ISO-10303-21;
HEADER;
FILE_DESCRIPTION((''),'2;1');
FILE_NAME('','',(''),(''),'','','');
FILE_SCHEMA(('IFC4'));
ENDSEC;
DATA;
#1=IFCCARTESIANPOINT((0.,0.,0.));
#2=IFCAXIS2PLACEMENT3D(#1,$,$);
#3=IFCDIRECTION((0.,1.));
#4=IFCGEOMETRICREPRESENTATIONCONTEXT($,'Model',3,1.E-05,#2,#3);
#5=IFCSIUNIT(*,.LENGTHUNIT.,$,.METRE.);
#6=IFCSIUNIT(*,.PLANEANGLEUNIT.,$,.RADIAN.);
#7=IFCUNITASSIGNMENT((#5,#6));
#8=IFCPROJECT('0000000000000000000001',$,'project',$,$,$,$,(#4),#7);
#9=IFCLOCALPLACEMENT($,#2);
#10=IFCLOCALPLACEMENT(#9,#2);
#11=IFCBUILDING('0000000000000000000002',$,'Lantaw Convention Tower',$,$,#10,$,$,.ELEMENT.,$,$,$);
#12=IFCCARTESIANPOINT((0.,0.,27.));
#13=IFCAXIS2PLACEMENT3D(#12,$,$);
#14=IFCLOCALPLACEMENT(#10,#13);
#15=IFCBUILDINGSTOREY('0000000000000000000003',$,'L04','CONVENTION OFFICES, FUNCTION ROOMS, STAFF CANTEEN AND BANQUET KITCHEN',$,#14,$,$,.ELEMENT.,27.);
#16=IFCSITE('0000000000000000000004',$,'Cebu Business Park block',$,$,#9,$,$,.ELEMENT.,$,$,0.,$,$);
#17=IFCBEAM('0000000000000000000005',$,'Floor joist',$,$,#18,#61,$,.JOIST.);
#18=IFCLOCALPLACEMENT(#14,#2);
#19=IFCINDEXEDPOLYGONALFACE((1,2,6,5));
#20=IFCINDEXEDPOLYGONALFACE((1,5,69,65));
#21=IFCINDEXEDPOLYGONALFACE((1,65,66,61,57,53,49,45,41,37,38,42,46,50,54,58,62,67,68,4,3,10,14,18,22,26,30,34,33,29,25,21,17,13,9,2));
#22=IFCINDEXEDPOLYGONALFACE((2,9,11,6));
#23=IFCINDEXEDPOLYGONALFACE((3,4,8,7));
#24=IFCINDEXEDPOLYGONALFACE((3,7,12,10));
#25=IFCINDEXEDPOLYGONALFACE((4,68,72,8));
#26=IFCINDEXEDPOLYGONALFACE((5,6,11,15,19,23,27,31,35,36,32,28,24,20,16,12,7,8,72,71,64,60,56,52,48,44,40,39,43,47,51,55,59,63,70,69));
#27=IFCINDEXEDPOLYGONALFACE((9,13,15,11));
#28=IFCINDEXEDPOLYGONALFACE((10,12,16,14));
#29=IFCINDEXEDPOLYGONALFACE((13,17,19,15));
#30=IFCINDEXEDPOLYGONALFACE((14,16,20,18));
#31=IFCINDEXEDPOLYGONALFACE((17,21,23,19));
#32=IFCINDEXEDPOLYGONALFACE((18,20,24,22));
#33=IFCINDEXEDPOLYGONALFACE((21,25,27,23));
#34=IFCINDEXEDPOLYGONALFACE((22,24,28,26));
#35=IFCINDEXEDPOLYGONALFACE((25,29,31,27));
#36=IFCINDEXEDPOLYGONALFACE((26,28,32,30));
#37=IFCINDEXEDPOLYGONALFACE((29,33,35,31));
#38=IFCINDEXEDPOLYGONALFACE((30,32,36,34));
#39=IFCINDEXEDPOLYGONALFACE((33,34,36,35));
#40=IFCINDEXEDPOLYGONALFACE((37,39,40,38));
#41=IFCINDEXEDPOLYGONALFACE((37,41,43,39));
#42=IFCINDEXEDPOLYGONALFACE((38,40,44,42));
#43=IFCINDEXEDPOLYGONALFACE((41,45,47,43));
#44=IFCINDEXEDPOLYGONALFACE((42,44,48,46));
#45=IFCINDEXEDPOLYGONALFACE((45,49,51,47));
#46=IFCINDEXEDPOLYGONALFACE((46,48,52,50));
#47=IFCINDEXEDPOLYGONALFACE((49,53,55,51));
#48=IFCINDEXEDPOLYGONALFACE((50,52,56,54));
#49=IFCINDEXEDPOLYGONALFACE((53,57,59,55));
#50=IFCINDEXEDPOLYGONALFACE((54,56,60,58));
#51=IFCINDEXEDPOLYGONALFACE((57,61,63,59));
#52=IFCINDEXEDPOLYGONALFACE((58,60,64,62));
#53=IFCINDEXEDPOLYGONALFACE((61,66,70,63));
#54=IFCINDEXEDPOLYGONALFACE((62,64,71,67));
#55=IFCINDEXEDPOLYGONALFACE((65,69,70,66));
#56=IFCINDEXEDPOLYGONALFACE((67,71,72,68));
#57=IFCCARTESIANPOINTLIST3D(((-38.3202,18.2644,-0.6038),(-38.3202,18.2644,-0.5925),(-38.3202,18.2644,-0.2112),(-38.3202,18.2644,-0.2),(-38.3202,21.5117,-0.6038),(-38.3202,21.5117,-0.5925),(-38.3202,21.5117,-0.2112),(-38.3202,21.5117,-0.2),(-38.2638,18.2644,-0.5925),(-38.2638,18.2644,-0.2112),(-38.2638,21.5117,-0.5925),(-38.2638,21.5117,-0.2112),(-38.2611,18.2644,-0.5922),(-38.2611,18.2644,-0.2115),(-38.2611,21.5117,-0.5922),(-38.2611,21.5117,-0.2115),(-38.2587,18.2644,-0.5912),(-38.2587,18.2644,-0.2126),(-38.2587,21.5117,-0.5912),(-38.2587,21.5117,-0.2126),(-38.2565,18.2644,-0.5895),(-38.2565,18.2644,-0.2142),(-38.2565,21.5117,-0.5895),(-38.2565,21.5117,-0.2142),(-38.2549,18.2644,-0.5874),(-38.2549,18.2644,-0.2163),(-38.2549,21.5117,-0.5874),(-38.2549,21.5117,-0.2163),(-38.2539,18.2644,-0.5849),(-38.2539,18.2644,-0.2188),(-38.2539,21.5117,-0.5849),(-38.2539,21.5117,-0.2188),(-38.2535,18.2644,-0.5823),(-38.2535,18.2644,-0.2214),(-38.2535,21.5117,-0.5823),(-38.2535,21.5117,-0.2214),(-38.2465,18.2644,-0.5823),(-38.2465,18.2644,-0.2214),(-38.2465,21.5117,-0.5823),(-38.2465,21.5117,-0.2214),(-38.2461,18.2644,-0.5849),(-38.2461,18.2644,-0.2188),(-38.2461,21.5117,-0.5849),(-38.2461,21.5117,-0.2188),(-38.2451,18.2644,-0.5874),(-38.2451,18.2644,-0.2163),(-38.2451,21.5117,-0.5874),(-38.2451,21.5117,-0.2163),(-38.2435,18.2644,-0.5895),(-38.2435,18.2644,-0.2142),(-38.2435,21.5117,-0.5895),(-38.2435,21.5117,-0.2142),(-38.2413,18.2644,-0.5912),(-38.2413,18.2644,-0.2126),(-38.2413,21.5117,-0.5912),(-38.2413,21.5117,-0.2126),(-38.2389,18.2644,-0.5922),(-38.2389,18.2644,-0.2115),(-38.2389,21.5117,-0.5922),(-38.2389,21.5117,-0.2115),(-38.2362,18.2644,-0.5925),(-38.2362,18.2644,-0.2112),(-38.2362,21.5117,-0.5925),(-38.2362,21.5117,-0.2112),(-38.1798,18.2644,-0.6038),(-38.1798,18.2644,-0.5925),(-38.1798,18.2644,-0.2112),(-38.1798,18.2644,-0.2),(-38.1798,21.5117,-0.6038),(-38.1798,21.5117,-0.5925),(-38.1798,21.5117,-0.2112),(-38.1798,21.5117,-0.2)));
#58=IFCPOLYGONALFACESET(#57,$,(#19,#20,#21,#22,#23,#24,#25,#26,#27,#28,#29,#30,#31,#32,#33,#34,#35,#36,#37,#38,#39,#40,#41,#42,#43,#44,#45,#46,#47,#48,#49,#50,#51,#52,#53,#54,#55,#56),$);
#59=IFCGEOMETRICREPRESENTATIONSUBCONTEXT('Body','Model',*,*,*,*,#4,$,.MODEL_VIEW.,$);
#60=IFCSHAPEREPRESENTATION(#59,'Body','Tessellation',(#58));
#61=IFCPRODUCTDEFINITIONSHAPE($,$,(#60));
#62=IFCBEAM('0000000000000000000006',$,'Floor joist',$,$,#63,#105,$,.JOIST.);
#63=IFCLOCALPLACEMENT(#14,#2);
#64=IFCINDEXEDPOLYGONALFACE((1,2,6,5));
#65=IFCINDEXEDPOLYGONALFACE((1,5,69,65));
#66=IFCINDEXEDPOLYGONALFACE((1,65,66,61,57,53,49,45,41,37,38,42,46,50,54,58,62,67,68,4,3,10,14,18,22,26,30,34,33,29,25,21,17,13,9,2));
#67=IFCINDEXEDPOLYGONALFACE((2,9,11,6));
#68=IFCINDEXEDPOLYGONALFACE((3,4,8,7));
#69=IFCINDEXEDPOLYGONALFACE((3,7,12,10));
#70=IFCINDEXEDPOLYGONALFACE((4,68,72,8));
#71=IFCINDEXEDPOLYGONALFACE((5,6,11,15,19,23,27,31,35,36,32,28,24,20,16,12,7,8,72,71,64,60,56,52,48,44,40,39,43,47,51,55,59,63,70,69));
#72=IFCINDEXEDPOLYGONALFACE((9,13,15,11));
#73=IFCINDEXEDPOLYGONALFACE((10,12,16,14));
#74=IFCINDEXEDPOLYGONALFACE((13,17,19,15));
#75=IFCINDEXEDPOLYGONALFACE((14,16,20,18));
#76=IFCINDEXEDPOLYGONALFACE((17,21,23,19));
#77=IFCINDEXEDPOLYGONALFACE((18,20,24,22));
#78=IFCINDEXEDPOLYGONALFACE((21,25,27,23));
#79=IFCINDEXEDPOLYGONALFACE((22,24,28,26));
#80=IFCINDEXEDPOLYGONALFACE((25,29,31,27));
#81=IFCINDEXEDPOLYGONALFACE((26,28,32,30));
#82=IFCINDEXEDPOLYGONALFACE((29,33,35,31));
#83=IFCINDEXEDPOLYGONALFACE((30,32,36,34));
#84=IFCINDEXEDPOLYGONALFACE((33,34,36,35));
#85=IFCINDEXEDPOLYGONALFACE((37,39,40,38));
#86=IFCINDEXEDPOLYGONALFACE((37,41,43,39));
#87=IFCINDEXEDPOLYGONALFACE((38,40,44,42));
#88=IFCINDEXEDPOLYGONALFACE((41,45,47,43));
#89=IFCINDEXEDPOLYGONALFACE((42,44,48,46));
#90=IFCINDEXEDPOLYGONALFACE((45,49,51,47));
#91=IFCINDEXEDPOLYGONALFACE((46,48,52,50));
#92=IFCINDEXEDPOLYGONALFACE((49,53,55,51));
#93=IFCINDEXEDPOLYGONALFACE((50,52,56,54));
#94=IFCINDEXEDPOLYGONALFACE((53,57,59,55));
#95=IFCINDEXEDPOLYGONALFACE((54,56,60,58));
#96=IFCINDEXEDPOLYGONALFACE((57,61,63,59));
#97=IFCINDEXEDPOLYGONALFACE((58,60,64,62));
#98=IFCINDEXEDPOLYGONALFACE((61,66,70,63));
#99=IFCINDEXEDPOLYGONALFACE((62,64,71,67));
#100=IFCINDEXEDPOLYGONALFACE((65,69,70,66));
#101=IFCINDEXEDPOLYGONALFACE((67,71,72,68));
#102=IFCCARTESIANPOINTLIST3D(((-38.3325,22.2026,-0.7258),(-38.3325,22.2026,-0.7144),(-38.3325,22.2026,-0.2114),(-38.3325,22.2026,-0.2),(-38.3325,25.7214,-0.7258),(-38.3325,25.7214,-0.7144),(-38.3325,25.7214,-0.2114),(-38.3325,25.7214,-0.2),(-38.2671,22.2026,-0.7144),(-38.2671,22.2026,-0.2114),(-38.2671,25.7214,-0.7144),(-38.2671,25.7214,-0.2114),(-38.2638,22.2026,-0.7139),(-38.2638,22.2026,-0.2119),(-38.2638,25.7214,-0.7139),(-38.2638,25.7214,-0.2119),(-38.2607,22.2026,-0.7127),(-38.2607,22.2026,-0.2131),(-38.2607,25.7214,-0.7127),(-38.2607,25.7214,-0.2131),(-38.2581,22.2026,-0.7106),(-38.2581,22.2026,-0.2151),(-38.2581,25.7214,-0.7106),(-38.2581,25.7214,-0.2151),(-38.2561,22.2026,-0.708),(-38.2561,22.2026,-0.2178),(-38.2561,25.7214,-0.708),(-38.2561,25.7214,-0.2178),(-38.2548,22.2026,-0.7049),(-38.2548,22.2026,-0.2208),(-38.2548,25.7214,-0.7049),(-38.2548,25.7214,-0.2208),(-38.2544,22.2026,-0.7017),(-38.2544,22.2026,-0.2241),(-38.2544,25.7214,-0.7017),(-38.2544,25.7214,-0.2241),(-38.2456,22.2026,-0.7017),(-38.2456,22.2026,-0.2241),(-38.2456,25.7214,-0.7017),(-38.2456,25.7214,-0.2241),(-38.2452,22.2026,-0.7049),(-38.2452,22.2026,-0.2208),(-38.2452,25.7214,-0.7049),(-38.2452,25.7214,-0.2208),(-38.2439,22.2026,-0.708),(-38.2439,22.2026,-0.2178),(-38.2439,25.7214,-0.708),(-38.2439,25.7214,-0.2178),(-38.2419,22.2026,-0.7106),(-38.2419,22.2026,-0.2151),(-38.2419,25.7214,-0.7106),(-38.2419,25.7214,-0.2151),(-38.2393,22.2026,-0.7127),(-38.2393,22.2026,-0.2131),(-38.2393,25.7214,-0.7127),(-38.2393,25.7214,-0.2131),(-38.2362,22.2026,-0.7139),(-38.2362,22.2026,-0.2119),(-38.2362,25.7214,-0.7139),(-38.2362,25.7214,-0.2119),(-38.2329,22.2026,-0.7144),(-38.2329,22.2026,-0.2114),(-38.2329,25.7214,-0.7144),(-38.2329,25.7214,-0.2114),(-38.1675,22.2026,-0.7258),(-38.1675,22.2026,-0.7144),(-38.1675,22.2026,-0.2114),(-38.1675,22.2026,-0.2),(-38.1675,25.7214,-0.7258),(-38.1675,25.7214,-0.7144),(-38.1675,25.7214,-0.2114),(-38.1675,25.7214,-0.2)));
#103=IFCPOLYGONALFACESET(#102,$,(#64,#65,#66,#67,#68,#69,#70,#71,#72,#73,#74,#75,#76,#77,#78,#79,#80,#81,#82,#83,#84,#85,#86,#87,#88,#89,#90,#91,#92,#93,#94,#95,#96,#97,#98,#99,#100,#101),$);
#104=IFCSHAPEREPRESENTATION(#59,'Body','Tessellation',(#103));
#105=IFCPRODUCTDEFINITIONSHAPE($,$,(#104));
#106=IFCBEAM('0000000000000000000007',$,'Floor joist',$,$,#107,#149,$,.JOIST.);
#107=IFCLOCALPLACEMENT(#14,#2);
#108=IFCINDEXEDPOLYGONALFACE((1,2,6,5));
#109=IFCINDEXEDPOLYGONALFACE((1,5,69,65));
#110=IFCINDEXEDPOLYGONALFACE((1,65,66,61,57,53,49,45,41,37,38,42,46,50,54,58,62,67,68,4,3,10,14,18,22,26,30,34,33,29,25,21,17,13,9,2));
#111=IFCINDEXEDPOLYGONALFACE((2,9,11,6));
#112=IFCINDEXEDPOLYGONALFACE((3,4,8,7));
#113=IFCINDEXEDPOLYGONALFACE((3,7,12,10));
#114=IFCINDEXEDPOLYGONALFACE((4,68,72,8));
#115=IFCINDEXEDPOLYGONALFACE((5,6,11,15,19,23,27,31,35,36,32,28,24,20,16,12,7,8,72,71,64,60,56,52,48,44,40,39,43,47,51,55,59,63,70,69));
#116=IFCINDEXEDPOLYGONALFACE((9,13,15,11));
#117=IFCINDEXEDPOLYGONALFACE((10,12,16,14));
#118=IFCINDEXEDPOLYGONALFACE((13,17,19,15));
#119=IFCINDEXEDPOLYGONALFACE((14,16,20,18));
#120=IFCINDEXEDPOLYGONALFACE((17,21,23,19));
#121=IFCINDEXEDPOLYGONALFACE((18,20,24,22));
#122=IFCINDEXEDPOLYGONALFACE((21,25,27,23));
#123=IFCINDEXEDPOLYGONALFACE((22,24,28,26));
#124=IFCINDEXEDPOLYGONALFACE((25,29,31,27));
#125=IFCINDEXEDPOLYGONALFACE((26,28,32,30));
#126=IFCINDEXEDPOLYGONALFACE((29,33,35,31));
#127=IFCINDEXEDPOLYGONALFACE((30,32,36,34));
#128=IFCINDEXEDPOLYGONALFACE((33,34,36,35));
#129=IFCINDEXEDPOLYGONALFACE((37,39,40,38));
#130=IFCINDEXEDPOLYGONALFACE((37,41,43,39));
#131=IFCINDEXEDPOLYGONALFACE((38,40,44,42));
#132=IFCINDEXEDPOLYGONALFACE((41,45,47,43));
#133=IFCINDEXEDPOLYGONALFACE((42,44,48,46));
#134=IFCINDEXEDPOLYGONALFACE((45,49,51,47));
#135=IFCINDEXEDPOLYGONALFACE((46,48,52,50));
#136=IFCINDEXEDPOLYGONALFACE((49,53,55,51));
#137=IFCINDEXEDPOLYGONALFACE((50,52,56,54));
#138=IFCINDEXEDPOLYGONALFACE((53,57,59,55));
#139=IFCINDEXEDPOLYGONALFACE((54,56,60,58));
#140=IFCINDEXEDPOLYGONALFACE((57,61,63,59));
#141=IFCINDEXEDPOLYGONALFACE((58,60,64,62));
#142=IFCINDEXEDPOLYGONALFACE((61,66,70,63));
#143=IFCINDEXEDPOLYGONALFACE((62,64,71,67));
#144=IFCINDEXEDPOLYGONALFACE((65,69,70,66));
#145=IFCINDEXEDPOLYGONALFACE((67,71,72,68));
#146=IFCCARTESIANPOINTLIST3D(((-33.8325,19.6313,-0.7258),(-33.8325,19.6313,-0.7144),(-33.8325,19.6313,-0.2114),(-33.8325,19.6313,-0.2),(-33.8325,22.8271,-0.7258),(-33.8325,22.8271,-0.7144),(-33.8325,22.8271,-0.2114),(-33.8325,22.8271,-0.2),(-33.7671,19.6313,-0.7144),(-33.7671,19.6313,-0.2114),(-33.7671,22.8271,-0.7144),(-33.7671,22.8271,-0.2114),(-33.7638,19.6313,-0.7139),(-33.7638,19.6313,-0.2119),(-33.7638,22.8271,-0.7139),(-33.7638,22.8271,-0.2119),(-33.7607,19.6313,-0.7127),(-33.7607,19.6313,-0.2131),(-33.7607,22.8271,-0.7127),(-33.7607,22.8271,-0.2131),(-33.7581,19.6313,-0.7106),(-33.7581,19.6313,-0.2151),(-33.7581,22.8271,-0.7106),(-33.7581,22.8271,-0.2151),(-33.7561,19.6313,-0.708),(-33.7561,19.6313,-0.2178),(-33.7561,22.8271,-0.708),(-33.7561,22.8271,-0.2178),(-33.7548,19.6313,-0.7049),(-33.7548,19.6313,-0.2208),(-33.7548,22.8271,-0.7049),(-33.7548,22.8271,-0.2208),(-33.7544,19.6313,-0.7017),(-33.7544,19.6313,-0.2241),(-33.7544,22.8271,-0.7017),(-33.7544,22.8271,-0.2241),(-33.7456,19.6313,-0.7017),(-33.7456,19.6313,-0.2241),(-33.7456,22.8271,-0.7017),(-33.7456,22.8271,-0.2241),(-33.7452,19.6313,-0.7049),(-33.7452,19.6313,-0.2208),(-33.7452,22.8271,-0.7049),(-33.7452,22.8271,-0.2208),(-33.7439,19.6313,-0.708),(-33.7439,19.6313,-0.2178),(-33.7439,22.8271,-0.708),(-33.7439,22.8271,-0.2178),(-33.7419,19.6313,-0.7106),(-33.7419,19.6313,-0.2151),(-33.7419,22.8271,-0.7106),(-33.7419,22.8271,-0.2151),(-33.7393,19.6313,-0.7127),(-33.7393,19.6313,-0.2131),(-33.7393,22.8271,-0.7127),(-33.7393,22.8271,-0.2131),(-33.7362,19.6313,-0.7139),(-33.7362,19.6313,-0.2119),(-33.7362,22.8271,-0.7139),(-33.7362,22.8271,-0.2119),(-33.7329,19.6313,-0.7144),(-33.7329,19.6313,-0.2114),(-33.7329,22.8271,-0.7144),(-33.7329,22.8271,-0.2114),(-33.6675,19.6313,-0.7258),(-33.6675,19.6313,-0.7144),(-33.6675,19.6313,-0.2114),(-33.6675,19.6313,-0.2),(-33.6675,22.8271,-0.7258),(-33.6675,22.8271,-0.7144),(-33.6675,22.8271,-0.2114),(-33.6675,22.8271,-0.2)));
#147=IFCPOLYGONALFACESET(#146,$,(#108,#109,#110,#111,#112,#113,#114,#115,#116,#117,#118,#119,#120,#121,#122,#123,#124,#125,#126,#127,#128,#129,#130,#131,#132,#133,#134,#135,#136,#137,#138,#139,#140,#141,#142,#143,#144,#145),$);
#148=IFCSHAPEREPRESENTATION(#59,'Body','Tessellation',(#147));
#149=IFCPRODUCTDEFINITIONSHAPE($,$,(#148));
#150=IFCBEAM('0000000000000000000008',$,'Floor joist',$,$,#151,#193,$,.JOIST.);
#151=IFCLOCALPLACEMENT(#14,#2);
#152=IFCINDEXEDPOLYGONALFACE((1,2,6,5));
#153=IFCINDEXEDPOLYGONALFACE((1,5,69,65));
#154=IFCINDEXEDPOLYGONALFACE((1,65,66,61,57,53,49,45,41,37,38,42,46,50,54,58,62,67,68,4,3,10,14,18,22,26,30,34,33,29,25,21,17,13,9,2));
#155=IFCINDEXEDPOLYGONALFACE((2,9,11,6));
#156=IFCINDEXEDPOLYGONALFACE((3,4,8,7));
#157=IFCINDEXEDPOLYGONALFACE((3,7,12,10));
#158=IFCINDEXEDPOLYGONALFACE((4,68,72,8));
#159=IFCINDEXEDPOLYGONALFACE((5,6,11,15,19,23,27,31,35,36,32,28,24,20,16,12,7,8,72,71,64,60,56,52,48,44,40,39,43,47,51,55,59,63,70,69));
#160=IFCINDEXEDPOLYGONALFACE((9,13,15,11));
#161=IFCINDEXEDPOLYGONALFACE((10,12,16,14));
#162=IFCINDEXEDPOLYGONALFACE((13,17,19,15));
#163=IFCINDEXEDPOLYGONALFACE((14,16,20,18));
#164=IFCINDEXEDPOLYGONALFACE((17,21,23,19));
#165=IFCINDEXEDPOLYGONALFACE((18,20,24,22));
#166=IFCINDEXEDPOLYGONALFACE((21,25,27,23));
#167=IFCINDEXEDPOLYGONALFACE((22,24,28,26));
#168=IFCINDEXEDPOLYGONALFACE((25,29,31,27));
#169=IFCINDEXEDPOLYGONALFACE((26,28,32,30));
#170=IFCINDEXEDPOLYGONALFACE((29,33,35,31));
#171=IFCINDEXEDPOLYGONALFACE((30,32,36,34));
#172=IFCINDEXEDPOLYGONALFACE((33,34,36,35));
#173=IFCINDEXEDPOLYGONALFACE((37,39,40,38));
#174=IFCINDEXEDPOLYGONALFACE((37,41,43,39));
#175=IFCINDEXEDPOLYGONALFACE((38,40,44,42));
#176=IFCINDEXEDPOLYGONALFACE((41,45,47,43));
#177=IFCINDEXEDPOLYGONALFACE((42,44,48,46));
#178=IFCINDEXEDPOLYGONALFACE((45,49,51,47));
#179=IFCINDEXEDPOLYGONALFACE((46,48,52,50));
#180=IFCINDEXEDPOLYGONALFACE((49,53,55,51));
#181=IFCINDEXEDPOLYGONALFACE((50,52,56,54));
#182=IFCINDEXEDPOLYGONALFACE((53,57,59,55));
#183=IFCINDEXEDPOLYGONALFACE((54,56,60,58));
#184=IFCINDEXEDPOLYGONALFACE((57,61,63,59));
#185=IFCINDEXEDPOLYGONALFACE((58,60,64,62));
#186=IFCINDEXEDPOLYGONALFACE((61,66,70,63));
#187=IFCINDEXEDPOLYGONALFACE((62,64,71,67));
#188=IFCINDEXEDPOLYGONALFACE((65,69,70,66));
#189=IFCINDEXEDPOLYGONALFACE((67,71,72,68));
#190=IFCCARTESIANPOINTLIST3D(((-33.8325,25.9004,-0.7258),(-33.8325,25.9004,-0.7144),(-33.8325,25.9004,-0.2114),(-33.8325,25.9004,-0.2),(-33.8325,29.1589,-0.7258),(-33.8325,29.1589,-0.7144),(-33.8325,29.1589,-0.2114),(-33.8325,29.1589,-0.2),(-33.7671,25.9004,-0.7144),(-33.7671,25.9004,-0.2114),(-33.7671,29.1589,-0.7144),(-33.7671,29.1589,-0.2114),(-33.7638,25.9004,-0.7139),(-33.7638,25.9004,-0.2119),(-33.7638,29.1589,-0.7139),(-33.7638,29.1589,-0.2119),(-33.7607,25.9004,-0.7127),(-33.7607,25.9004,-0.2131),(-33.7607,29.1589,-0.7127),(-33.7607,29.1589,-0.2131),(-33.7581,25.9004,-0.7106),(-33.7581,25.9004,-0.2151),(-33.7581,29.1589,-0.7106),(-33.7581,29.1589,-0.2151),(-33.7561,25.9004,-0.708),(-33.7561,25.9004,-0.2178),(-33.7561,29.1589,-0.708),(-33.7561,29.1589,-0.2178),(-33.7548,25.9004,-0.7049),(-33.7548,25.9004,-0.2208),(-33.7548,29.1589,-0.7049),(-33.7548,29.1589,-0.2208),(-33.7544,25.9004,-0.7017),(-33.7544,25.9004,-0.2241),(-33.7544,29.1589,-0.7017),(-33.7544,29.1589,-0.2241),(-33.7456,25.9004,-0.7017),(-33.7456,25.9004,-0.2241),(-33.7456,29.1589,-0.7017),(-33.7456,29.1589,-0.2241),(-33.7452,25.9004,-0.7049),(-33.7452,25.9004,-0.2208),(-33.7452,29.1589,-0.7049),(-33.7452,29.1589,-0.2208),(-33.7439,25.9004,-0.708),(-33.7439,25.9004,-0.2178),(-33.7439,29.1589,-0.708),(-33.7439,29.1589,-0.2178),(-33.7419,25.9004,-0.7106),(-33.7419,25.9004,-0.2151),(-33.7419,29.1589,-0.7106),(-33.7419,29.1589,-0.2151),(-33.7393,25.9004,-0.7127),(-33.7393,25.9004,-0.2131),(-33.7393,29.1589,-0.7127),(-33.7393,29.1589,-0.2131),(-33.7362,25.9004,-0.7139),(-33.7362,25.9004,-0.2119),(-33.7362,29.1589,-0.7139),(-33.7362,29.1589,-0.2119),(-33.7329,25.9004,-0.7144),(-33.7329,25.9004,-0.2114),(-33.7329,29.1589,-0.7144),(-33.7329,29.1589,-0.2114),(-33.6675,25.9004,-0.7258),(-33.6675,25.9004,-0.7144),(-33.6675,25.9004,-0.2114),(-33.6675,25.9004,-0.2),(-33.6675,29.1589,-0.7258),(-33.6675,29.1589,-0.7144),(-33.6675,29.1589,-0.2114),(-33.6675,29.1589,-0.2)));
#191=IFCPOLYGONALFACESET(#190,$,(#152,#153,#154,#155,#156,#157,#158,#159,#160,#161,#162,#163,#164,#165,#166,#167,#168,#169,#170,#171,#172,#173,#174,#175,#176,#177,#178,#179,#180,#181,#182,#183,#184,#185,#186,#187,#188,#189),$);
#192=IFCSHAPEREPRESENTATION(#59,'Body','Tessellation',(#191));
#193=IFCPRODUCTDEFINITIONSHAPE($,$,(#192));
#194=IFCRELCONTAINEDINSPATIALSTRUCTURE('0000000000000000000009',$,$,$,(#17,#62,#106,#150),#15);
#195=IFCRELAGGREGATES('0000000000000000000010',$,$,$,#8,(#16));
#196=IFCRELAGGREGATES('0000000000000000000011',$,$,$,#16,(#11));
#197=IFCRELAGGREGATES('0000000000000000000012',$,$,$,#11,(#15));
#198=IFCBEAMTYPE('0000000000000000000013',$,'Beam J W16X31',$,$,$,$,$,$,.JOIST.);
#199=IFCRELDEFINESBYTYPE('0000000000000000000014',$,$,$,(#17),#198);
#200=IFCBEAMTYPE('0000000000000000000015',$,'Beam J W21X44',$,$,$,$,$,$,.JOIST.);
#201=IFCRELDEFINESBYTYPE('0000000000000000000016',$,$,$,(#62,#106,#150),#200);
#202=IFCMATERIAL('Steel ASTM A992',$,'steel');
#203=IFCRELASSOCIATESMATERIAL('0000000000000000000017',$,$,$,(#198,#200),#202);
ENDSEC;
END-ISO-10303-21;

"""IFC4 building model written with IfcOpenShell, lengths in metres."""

from ifc_helpers import new_model, si_unit, direction, frame, origin, origin_2d, place, context, subcontext, project, spatial, i_section, extrude, material, material_profile, profile_set, type_object, element, save


model = new_model("IFC4")

# Units and contexts
model_context = context("Model", 3, precision=1e-05, world=origin(), true_north=direction((0.0, 1.0)))
body_context = subcontext(model_context, "Body", "Model", "MODEL_VIEW")
ifc_project = project(units=[si_unit("LENGTHUNIT", "METRE"), si_unit("PLANEANGLEUNIT", "RADIAN")], contexts=[model_context])

# Site, building, storey
site_placement = place(None, origin())
site = spatial("IfcSite", under=ifc_project, at=site_placement, Name="Cebu Business Park block", CompositionType="ELEMENT", RefElevation=0.0)
building_placement = place(site_placement, origin())
building = spatial("IfcBuilding", under=site, at=building_placement, Name="Lantaw Convention Tower", CompositionType="ELEMENT")
storey_placement = place(building_placement, frame((0.0, 0.0, 27.0)))
storey = spatial("IfcBuildingStorey", under=building, at=storey_placement, Name="L04", Description="CONVENTION OFFICES, FUNCTION ROOMS, STAFF CANTEEN AND BANQUET KITCHEN", CompositionType="ELEMENT", Elevation=27.0)

# Beams
ifc_material_1 = material(Name="Steel ASTM A992", Category="steel")
ifc_material_profile_1 = material_profile(ifc_material_1, i_section(OverallWidth=0.1404, OverallDepth=0.4038, WebThickness=0.0071, FlangeThickness=0.0112, FilletRadius=0.0103, at=origin_2d()), Name="W16X31")
ifc_profile_set_1 = profile_set([ifc_material_profile_1], Name="Steel ASTM A992")
beam_type_1 = type_object("IfcBeamType", Name="Beam J W16X31", PredefinedType="JOIST", material=ifc_profile_set_1)
beam_1_placement = place(storey_placement, frame((-38.25, 18.2644, -0.4019), z_axis=(0.0, 1.0, 0.0), x_axis=(-1.0, 0.0, 0.0)))
element("IfcBeam", 1, at=beam_1_placement, inside=storey, type_object=beam_type_1, Name="Floor joist", PredefinedType="JOIST", context=body_context, shape_type="SweptSolid", body=[
    extrude(i_section(OverallWidth=0.1404, OverallDepth=0.4038, WebThickness=0.0071, FlangeThickness=0.0112, FilletRadius=0.0103, at=origin_2d()), origin(), (0.0, 0.0, 1.0), 3.2473),
])
ifc_material_profile_2 = material_profile(ifc_material_1, i_section(OverallWidth=0.165, OverallDepth=0.5259, WebThickness=0.0088, FlangeThickness=0.0115, FilletRadius=0.0127, at=origin_2d()), Name="W21X44")
ifc_profile_set_2 = profile_set([ifc_material_profile_2], Name="Steel ASTM A992")
beam_type_2 = type_object("IfcBeamType", Name="Beam J W21X44", PredefinedType="JOIST", material=ifc_profile_set_2)
beam_2_placement = place(storey_placement, frame((-38.25, 22.2026, -0.4629), z_axis=(0.0, 1.0, 0.0), x_axis=(-1.0, 0.0, 0.0)))
element("IfcBeam", 2, at=beam_2_placement, inside=storey, type_object=beam_type_2, Name="Floor joist", PredefinedType="JOIST", context=body_context, shape_type="SweptSolid", body=[
    extrude(i_section(OverallWidth=0.165, OverallDepth=0.5259, WebThickness=0.0088, FlangeThickness=0.0115, FilletRadius=0.0127, at=origin_2d()), origin(), (0.0, 0.0, 1.0), 3.5188),
])
beam_3_placement = place(storey_placement, frame((-33.75, 19.6313, -0.4629), z_axis=(0.0, 1.0, 0.0), x_axis=(-1.0, 0.0, 0.0)))
element("IfcBeam", 3, at=beam_3_placement, inside=storey, type_object=beam_type_2, Name="Floor joist", PredefinedType="JOIST", context=body_context, shape_type="SweptSolid", body=[
    extrude(i_section(OverallWidth=0.165, OverallDepth=0.5259, WebThickness=0.0088, FlangeThickness=0.0115, FilletRadius=0.0127, at=origin_2d()), origin(), (0.0, 0.0, 1.0), 3.1958),
])
beam_4_placement = place(storey_placement, frame((-33.75, 25.9004, -0.4629), z_axis=(0.0, 1.0, 0.0), x_axis=(-1.0, 0.0, 0.0)))
element("IfcBeam", 4, at=beam_4_placement, inside=storey, type_object=beam_type_2, Name="Floor joist", PredefinedType="JOIST", context=body_context, shape_type="SweptSolid", body=[
    extrude(i_section(OverallWidth=0.165, OverallDepth=0.5259, WebThickness=0.0088, FlangeThickness=0.0115, FilletRadius=0.0127, at=origin_2d()), origin(), (0.0, 0.0, 1.0), 3.2585),
])

save(model, "model.ifc")
